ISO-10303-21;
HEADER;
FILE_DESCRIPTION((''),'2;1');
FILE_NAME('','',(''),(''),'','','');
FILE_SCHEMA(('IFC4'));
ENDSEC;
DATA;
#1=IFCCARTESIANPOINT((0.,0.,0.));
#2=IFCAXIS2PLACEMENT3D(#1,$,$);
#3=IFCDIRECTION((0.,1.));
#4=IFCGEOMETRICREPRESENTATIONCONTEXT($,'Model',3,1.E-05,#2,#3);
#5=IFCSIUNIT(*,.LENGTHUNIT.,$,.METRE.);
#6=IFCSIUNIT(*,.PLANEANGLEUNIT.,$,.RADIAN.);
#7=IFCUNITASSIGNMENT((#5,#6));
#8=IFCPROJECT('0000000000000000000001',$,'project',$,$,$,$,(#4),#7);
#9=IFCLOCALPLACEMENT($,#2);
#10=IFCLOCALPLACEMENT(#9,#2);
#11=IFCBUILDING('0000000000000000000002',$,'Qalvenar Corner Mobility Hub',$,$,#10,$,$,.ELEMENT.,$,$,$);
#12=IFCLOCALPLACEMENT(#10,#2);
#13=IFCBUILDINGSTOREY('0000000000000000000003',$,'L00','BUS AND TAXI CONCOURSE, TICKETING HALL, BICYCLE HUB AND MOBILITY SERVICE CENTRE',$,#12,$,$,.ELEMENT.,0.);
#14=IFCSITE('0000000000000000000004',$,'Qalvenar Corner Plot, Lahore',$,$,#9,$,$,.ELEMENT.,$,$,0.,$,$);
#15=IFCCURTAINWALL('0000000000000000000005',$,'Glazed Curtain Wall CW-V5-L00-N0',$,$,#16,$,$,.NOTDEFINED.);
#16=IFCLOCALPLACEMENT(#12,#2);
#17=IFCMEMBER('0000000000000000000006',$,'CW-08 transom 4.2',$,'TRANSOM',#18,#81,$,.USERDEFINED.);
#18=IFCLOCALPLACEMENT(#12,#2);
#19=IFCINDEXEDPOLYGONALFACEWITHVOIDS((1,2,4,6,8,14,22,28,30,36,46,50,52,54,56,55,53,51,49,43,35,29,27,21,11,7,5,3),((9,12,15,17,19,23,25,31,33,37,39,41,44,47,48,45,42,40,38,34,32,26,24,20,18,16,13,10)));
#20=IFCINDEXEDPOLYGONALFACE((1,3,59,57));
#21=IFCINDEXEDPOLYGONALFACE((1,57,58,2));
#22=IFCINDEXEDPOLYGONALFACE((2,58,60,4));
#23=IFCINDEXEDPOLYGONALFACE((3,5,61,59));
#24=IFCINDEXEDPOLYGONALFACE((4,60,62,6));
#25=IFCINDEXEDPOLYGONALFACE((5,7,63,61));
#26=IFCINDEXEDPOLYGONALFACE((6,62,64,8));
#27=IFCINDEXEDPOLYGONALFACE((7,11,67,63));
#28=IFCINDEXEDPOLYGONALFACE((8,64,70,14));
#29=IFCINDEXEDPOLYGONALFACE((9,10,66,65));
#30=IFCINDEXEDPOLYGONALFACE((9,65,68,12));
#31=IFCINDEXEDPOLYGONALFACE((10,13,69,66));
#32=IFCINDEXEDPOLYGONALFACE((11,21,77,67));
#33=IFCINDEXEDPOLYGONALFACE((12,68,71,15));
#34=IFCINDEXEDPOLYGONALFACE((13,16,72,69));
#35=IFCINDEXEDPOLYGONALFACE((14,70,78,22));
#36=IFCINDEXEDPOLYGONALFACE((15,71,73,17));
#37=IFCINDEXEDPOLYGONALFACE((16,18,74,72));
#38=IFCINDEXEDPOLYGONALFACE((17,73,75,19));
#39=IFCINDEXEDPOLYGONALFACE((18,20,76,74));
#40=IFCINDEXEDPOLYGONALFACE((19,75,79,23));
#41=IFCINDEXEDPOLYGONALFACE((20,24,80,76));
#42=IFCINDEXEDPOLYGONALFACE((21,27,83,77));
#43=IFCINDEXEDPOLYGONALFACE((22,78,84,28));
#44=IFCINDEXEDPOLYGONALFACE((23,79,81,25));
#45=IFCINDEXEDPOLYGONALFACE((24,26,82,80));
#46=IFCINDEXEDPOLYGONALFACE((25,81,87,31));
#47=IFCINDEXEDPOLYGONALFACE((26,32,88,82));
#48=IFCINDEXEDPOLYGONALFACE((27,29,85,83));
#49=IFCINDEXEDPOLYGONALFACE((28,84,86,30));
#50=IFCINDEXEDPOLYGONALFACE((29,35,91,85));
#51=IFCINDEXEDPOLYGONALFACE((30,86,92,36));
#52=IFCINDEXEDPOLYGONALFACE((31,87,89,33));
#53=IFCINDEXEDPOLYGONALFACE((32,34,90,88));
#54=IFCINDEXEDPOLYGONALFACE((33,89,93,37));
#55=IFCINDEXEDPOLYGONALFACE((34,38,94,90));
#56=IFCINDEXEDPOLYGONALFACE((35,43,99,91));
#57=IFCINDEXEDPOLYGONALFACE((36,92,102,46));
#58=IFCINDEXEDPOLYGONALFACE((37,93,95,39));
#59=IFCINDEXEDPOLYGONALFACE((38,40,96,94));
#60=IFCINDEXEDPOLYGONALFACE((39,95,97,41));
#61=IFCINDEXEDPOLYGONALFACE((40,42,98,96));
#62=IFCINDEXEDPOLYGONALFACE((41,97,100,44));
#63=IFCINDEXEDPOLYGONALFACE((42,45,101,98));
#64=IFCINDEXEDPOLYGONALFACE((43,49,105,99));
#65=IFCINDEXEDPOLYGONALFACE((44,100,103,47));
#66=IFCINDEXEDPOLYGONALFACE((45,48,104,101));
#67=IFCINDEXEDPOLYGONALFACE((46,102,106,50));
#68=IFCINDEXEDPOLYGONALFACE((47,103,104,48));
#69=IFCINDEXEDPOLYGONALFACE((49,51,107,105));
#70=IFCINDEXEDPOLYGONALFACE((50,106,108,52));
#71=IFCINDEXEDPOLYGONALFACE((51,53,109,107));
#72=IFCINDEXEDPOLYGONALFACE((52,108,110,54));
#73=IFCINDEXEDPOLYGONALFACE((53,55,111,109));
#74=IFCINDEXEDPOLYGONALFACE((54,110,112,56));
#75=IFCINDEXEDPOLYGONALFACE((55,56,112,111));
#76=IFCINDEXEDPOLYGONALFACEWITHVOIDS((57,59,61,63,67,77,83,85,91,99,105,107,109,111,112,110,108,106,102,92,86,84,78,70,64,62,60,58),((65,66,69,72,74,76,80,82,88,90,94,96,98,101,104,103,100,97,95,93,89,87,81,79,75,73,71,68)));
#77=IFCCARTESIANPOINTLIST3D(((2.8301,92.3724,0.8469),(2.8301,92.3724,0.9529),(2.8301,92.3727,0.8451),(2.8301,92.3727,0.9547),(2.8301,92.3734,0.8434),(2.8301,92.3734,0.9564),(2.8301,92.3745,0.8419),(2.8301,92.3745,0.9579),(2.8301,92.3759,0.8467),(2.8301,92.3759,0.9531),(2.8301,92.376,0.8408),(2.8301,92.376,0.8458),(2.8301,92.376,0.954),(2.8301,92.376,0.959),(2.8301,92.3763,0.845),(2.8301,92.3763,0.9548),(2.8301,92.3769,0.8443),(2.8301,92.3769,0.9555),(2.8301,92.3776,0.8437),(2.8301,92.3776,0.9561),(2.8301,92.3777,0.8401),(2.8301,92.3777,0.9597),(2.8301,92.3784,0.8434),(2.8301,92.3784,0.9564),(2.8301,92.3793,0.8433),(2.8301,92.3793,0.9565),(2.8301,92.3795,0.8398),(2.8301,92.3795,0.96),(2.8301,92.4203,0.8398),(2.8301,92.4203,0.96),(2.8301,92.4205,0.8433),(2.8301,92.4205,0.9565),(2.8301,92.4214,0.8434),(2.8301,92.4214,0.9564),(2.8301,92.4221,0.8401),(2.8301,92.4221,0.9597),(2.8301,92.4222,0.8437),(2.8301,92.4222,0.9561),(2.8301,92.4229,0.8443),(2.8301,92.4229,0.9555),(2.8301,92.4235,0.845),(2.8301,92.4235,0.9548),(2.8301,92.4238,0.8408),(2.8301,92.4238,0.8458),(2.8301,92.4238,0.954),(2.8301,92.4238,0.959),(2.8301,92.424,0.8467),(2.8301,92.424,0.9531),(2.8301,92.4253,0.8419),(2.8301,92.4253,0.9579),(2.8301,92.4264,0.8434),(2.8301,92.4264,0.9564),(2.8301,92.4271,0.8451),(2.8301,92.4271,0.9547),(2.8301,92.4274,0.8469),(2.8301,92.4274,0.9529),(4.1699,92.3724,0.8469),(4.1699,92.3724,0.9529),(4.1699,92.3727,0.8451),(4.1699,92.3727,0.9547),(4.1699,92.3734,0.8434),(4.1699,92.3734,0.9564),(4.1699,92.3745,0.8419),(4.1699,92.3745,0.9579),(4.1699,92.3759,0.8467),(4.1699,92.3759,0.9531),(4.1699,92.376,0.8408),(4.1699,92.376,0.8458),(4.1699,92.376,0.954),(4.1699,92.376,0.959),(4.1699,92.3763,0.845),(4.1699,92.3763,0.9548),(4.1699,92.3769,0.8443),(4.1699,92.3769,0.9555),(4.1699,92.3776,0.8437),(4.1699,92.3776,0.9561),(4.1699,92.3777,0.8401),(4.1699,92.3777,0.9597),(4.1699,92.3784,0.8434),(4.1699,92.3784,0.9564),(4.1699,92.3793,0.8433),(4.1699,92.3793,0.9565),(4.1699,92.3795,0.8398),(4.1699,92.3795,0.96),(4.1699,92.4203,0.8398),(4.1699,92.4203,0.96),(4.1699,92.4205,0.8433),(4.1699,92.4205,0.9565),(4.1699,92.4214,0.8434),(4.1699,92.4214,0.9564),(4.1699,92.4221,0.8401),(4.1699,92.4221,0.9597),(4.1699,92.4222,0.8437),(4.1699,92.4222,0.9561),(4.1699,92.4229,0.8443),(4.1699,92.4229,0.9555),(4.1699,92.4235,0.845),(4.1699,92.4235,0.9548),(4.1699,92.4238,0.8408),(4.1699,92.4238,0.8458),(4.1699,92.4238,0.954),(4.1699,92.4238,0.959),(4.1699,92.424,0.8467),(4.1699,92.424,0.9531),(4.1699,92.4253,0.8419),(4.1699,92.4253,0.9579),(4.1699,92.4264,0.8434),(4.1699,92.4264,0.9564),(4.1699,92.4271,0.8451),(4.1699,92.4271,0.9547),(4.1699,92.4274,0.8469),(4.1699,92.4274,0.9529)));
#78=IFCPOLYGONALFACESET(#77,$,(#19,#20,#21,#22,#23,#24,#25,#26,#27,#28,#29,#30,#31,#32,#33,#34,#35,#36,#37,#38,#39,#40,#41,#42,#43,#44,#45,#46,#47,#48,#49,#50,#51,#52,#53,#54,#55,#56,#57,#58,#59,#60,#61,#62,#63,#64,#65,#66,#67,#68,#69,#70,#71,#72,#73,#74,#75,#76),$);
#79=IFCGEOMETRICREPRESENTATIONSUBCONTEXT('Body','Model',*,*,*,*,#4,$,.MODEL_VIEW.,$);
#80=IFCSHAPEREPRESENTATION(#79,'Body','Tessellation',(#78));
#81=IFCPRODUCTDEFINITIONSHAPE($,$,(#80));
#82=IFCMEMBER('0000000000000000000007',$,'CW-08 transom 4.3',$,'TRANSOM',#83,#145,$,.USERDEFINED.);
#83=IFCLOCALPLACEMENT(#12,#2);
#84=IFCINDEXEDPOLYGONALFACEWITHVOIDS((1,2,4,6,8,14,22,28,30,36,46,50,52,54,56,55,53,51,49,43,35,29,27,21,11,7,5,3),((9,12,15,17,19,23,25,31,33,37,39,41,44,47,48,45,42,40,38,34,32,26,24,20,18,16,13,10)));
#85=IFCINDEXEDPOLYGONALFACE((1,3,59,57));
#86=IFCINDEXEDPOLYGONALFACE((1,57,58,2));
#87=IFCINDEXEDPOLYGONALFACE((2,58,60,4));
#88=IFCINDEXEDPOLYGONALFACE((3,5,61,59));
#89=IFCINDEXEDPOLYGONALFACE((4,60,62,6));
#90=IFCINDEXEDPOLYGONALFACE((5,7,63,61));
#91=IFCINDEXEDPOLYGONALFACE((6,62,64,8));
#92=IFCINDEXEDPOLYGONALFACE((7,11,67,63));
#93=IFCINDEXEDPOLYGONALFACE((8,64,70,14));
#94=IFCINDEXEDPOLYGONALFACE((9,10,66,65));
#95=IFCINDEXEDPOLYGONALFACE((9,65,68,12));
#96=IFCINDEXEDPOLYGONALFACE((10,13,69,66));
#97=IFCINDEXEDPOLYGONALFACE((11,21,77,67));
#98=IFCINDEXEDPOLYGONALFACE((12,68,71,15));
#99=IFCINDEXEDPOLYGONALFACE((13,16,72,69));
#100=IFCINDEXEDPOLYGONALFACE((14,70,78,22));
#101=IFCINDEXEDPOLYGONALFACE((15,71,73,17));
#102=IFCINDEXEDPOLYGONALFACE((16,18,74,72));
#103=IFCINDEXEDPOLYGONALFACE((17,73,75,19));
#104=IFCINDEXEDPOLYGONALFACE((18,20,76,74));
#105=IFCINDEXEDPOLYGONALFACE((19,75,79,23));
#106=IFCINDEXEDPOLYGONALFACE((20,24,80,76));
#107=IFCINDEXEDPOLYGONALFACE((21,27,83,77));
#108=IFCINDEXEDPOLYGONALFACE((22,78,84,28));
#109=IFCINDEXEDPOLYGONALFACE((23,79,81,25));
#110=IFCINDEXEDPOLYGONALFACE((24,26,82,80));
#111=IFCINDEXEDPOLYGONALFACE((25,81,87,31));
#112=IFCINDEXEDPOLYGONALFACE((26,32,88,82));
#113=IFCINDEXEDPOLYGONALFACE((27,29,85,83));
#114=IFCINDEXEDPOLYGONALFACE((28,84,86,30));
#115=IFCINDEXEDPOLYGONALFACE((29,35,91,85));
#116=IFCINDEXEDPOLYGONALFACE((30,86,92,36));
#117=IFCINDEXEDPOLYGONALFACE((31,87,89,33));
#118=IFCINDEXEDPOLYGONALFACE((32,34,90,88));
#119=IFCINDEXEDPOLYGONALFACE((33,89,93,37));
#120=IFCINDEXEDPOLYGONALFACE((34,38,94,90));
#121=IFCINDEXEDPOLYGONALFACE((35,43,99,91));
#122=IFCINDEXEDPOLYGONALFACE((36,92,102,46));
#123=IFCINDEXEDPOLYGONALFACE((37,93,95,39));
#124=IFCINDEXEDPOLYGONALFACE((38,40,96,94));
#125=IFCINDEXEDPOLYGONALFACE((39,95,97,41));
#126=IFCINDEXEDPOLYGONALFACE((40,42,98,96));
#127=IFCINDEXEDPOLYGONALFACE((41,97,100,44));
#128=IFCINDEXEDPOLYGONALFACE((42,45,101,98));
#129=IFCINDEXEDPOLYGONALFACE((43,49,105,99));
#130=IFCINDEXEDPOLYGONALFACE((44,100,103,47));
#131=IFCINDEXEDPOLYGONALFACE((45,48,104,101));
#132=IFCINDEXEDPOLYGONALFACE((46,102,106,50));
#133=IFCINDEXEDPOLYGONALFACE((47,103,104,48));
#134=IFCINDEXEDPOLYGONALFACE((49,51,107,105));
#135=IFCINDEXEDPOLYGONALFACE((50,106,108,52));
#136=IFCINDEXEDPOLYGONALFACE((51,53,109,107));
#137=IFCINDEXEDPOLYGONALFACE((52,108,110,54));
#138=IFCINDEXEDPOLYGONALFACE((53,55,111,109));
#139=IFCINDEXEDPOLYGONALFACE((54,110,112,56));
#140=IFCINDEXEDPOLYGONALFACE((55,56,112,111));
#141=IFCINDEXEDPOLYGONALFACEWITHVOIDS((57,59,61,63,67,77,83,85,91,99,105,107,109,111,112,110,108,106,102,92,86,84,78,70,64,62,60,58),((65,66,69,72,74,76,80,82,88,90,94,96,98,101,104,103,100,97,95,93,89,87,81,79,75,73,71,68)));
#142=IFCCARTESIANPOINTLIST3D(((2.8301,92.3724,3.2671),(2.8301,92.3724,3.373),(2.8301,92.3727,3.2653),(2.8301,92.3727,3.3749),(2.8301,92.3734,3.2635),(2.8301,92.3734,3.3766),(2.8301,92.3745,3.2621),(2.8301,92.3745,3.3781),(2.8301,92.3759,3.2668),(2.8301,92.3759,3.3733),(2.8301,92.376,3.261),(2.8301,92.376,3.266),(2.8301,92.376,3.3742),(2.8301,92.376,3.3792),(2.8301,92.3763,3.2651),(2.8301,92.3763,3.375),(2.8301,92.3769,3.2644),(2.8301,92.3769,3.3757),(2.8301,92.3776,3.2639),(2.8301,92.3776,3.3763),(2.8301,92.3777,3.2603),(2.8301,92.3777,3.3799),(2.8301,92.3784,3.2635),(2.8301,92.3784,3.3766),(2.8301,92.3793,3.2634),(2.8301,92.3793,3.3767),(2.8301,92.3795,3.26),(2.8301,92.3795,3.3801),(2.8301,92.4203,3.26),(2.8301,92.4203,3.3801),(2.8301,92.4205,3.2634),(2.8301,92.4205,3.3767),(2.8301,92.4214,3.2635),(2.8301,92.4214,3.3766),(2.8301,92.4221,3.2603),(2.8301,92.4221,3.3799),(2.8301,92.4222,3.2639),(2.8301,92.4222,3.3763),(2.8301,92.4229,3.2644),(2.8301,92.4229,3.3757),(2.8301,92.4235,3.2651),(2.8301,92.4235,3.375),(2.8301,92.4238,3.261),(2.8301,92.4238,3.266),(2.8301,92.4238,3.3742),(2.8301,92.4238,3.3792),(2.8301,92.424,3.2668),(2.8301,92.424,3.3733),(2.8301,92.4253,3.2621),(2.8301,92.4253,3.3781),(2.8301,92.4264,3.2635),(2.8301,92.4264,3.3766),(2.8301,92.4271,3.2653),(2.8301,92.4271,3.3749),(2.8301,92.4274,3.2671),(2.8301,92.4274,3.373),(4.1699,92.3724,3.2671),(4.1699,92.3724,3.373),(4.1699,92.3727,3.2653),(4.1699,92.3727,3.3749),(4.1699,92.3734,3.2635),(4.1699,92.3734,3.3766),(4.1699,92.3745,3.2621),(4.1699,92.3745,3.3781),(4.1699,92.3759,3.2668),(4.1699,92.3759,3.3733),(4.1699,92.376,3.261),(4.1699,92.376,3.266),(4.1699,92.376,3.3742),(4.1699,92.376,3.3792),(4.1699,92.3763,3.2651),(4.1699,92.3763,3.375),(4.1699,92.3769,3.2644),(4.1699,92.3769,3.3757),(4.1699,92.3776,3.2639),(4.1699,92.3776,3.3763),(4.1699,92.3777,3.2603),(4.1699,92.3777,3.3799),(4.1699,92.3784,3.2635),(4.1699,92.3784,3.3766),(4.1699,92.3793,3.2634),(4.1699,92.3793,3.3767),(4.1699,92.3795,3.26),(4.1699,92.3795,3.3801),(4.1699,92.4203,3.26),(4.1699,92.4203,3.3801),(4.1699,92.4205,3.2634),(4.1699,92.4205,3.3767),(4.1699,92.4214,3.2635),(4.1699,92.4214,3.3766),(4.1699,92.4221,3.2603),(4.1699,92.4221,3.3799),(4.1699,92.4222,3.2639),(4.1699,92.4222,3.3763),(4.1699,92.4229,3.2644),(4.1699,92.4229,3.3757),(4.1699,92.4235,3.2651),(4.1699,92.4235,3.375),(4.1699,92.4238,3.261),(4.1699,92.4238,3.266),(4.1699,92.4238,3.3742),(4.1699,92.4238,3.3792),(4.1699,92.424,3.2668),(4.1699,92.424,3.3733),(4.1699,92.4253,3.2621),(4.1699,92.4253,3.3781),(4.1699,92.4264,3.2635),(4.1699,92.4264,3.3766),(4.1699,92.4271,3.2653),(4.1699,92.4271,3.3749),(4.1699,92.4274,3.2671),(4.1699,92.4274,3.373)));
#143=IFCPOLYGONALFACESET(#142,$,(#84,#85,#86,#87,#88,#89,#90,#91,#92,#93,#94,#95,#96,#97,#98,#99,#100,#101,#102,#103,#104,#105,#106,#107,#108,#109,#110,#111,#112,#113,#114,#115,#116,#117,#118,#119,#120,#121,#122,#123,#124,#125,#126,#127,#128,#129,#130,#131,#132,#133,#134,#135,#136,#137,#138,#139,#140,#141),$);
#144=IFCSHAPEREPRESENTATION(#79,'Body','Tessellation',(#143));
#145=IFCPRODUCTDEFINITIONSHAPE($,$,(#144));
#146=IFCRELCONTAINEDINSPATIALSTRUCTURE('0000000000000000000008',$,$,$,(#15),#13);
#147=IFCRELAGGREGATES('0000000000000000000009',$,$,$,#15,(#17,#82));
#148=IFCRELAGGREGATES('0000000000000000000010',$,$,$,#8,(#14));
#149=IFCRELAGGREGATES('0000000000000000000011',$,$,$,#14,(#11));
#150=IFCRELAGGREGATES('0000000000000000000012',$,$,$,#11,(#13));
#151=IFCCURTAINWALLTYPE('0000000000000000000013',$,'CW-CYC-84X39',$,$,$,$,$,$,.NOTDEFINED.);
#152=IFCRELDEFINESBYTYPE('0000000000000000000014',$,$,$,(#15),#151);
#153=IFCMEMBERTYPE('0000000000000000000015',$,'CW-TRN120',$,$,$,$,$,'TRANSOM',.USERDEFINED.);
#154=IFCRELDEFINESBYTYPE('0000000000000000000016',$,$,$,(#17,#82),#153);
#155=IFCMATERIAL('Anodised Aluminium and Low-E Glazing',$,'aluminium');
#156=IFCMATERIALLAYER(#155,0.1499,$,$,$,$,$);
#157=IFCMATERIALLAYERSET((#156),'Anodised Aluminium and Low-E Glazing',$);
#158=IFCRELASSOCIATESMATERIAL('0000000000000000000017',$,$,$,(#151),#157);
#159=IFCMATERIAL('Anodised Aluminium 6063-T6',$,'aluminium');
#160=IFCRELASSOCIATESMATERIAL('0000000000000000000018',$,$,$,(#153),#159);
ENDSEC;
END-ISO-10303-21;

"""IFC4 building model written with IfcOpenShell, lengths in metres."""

from ifc_helpers import new_model, si_unit, direction, frame, origin, origin_2d, place, context, subcontext, project, spatial, hollow_rectangle, extrude, material, layer, layer_set, material_profile, profile_set, type_object, element, aggregate, save


model = new_model("IFC4")

# Units and contexts
model_context = context("Model", 3, precision=1e-05, world=origin(), true_north=direction((0.0, 1.0)))
body_context = subcontext(model_context, "Body", "Model", "MODEL_VIEW")
ifc_project = project(units=[si_unit("LENGTHUNIT", "METRE"), si_unit("PLANEANGLEUNIT", "RADIAN")], contexts=[model_context])

# Site, building, storey
site_placement = place(None, origin())
site = spatial("IfcSite", under=ifc_project, at=site_placement, Name="Qalvenar Corner Plot, Lahore", CompositionType="ELEMENT", RefElevation=0.0)
building_placement = place(site_placement, origin())
building = spatial("IfcBuilding", under=site, at=building_placement, Name="Qalvenar Corner Mobility Hub", CompositionType="ELEMENT")
storey_placement = place(building_placement, origin())
storey = spatial("IfcBuildingStorey", under=building, at=storey_placement, Name="L00", Description="BUS AND TAXI CONCOURSE, TICKETING HALL, BICYCLE HUB AND MOBILITY SERVICE CENTRE", CompositionType="ELEMENT", Elevation=0.0)

# Curtain wall, members
ifc_material_1 = material(Name="Anodised Aluminium and Low-E Glazing", Category="aluminium")
ifc_layer_1 = layer(ifc_material_1, 0.1499)
ifc_layer_set_1 = layer_set([ifc_layer_1], Name="Anodised Aluminium and Low-E Glazing")
curtain_wall_type = type_object("IfcCurtainWallType", Name="CW-CYC-84X39", PredefinedType="NOTDEFINED", material=ifc_layer_set_1)
curtain_wall_placement = place(storey_placement, origin())
curtain_wall = element("IfcCurtainWall", 1, at=curtain_wall_placement, inside=storey, type_object=curtain_wall_type, Name="Glazed Curtain Wall CW-V5-L00-N0", PredefinedType="NOTDEFINED")
ifc_material_2 = material(Name="Anodised Aluminium 6063-T6", Category="aluminium")
ifc_material_profile_1 = material_profile(ifc_material_2, hollow_rectangle(XDim=0.0549, YDim=0.1201, WallThickness=0.0034, InnerFilletRadius=0.0034, OuterFilletRadius=0.0071, at=origin_2d()), Name="RHS120x55x3.5")
ifc_profile_set_1 = profile_set([ifc_material_profile_1], Name="Anodised Aluminium 6063-T6")
member_type_1 = type_object("IfcMemberType", Name="CW-TRN120", ElementType="TRANSOM", PredefinedType="USERDEFINED", material=ifc_profile_set_1)
member_1_placement = place(storey_placement, frame((4.1699, 92.3999, 0.8999), z_axis=(-1.0, 0.0, 0.0), x_axis=(0.0, -1.0, 0.0)))
member_1 = element("IfcMember", 2, at=member_1_placement, type_object=member_type_1, Name="CW-08 transom 4.2", ObjectType="TRANSOM", PredefinedType="USERDEFINED", context=body_context, shape_type="SweptSolid", body=[
    extrude(hollow_rectangle(XDim=0.0549, YDim=0.1201, WallThickness=0.0034, InnerFilletRadius=0.0034, OuterFilletRadius=0.0071, at=origin_2d()), origin(), (0.0, 0.0, 1.0), 1.3398),
])
member_2_placement = place(storey_placement, frame((4.1699, 92.3999, 3.3201), z_axis=(-1.0, 0.0, 0.0), x_axis=(0.0, -1.0, 0.0)))
member_2 = element("IfcMember", 3, at=member_2_placement, type_object=member_type_1, Name="CW-08 transom 4.3", ObjectType="TRANSOM", PredefinedType="USERDEFINED", context=body_context, shape_type="SweptSolid", body=[
    extrude(hollow_rectangle(XDim=0.0549, YDim=0.1201, WallThickness=0.0034, InnerFilletRadius=0.0034, OuterFilletRadius=0.0071, at=origin_2d()), origin(), (0.0, 0.0, 1.0), 1.3398),
])
aggregate(curtain_wall, [member_1, member_2])

save(model, "model.ifc")
